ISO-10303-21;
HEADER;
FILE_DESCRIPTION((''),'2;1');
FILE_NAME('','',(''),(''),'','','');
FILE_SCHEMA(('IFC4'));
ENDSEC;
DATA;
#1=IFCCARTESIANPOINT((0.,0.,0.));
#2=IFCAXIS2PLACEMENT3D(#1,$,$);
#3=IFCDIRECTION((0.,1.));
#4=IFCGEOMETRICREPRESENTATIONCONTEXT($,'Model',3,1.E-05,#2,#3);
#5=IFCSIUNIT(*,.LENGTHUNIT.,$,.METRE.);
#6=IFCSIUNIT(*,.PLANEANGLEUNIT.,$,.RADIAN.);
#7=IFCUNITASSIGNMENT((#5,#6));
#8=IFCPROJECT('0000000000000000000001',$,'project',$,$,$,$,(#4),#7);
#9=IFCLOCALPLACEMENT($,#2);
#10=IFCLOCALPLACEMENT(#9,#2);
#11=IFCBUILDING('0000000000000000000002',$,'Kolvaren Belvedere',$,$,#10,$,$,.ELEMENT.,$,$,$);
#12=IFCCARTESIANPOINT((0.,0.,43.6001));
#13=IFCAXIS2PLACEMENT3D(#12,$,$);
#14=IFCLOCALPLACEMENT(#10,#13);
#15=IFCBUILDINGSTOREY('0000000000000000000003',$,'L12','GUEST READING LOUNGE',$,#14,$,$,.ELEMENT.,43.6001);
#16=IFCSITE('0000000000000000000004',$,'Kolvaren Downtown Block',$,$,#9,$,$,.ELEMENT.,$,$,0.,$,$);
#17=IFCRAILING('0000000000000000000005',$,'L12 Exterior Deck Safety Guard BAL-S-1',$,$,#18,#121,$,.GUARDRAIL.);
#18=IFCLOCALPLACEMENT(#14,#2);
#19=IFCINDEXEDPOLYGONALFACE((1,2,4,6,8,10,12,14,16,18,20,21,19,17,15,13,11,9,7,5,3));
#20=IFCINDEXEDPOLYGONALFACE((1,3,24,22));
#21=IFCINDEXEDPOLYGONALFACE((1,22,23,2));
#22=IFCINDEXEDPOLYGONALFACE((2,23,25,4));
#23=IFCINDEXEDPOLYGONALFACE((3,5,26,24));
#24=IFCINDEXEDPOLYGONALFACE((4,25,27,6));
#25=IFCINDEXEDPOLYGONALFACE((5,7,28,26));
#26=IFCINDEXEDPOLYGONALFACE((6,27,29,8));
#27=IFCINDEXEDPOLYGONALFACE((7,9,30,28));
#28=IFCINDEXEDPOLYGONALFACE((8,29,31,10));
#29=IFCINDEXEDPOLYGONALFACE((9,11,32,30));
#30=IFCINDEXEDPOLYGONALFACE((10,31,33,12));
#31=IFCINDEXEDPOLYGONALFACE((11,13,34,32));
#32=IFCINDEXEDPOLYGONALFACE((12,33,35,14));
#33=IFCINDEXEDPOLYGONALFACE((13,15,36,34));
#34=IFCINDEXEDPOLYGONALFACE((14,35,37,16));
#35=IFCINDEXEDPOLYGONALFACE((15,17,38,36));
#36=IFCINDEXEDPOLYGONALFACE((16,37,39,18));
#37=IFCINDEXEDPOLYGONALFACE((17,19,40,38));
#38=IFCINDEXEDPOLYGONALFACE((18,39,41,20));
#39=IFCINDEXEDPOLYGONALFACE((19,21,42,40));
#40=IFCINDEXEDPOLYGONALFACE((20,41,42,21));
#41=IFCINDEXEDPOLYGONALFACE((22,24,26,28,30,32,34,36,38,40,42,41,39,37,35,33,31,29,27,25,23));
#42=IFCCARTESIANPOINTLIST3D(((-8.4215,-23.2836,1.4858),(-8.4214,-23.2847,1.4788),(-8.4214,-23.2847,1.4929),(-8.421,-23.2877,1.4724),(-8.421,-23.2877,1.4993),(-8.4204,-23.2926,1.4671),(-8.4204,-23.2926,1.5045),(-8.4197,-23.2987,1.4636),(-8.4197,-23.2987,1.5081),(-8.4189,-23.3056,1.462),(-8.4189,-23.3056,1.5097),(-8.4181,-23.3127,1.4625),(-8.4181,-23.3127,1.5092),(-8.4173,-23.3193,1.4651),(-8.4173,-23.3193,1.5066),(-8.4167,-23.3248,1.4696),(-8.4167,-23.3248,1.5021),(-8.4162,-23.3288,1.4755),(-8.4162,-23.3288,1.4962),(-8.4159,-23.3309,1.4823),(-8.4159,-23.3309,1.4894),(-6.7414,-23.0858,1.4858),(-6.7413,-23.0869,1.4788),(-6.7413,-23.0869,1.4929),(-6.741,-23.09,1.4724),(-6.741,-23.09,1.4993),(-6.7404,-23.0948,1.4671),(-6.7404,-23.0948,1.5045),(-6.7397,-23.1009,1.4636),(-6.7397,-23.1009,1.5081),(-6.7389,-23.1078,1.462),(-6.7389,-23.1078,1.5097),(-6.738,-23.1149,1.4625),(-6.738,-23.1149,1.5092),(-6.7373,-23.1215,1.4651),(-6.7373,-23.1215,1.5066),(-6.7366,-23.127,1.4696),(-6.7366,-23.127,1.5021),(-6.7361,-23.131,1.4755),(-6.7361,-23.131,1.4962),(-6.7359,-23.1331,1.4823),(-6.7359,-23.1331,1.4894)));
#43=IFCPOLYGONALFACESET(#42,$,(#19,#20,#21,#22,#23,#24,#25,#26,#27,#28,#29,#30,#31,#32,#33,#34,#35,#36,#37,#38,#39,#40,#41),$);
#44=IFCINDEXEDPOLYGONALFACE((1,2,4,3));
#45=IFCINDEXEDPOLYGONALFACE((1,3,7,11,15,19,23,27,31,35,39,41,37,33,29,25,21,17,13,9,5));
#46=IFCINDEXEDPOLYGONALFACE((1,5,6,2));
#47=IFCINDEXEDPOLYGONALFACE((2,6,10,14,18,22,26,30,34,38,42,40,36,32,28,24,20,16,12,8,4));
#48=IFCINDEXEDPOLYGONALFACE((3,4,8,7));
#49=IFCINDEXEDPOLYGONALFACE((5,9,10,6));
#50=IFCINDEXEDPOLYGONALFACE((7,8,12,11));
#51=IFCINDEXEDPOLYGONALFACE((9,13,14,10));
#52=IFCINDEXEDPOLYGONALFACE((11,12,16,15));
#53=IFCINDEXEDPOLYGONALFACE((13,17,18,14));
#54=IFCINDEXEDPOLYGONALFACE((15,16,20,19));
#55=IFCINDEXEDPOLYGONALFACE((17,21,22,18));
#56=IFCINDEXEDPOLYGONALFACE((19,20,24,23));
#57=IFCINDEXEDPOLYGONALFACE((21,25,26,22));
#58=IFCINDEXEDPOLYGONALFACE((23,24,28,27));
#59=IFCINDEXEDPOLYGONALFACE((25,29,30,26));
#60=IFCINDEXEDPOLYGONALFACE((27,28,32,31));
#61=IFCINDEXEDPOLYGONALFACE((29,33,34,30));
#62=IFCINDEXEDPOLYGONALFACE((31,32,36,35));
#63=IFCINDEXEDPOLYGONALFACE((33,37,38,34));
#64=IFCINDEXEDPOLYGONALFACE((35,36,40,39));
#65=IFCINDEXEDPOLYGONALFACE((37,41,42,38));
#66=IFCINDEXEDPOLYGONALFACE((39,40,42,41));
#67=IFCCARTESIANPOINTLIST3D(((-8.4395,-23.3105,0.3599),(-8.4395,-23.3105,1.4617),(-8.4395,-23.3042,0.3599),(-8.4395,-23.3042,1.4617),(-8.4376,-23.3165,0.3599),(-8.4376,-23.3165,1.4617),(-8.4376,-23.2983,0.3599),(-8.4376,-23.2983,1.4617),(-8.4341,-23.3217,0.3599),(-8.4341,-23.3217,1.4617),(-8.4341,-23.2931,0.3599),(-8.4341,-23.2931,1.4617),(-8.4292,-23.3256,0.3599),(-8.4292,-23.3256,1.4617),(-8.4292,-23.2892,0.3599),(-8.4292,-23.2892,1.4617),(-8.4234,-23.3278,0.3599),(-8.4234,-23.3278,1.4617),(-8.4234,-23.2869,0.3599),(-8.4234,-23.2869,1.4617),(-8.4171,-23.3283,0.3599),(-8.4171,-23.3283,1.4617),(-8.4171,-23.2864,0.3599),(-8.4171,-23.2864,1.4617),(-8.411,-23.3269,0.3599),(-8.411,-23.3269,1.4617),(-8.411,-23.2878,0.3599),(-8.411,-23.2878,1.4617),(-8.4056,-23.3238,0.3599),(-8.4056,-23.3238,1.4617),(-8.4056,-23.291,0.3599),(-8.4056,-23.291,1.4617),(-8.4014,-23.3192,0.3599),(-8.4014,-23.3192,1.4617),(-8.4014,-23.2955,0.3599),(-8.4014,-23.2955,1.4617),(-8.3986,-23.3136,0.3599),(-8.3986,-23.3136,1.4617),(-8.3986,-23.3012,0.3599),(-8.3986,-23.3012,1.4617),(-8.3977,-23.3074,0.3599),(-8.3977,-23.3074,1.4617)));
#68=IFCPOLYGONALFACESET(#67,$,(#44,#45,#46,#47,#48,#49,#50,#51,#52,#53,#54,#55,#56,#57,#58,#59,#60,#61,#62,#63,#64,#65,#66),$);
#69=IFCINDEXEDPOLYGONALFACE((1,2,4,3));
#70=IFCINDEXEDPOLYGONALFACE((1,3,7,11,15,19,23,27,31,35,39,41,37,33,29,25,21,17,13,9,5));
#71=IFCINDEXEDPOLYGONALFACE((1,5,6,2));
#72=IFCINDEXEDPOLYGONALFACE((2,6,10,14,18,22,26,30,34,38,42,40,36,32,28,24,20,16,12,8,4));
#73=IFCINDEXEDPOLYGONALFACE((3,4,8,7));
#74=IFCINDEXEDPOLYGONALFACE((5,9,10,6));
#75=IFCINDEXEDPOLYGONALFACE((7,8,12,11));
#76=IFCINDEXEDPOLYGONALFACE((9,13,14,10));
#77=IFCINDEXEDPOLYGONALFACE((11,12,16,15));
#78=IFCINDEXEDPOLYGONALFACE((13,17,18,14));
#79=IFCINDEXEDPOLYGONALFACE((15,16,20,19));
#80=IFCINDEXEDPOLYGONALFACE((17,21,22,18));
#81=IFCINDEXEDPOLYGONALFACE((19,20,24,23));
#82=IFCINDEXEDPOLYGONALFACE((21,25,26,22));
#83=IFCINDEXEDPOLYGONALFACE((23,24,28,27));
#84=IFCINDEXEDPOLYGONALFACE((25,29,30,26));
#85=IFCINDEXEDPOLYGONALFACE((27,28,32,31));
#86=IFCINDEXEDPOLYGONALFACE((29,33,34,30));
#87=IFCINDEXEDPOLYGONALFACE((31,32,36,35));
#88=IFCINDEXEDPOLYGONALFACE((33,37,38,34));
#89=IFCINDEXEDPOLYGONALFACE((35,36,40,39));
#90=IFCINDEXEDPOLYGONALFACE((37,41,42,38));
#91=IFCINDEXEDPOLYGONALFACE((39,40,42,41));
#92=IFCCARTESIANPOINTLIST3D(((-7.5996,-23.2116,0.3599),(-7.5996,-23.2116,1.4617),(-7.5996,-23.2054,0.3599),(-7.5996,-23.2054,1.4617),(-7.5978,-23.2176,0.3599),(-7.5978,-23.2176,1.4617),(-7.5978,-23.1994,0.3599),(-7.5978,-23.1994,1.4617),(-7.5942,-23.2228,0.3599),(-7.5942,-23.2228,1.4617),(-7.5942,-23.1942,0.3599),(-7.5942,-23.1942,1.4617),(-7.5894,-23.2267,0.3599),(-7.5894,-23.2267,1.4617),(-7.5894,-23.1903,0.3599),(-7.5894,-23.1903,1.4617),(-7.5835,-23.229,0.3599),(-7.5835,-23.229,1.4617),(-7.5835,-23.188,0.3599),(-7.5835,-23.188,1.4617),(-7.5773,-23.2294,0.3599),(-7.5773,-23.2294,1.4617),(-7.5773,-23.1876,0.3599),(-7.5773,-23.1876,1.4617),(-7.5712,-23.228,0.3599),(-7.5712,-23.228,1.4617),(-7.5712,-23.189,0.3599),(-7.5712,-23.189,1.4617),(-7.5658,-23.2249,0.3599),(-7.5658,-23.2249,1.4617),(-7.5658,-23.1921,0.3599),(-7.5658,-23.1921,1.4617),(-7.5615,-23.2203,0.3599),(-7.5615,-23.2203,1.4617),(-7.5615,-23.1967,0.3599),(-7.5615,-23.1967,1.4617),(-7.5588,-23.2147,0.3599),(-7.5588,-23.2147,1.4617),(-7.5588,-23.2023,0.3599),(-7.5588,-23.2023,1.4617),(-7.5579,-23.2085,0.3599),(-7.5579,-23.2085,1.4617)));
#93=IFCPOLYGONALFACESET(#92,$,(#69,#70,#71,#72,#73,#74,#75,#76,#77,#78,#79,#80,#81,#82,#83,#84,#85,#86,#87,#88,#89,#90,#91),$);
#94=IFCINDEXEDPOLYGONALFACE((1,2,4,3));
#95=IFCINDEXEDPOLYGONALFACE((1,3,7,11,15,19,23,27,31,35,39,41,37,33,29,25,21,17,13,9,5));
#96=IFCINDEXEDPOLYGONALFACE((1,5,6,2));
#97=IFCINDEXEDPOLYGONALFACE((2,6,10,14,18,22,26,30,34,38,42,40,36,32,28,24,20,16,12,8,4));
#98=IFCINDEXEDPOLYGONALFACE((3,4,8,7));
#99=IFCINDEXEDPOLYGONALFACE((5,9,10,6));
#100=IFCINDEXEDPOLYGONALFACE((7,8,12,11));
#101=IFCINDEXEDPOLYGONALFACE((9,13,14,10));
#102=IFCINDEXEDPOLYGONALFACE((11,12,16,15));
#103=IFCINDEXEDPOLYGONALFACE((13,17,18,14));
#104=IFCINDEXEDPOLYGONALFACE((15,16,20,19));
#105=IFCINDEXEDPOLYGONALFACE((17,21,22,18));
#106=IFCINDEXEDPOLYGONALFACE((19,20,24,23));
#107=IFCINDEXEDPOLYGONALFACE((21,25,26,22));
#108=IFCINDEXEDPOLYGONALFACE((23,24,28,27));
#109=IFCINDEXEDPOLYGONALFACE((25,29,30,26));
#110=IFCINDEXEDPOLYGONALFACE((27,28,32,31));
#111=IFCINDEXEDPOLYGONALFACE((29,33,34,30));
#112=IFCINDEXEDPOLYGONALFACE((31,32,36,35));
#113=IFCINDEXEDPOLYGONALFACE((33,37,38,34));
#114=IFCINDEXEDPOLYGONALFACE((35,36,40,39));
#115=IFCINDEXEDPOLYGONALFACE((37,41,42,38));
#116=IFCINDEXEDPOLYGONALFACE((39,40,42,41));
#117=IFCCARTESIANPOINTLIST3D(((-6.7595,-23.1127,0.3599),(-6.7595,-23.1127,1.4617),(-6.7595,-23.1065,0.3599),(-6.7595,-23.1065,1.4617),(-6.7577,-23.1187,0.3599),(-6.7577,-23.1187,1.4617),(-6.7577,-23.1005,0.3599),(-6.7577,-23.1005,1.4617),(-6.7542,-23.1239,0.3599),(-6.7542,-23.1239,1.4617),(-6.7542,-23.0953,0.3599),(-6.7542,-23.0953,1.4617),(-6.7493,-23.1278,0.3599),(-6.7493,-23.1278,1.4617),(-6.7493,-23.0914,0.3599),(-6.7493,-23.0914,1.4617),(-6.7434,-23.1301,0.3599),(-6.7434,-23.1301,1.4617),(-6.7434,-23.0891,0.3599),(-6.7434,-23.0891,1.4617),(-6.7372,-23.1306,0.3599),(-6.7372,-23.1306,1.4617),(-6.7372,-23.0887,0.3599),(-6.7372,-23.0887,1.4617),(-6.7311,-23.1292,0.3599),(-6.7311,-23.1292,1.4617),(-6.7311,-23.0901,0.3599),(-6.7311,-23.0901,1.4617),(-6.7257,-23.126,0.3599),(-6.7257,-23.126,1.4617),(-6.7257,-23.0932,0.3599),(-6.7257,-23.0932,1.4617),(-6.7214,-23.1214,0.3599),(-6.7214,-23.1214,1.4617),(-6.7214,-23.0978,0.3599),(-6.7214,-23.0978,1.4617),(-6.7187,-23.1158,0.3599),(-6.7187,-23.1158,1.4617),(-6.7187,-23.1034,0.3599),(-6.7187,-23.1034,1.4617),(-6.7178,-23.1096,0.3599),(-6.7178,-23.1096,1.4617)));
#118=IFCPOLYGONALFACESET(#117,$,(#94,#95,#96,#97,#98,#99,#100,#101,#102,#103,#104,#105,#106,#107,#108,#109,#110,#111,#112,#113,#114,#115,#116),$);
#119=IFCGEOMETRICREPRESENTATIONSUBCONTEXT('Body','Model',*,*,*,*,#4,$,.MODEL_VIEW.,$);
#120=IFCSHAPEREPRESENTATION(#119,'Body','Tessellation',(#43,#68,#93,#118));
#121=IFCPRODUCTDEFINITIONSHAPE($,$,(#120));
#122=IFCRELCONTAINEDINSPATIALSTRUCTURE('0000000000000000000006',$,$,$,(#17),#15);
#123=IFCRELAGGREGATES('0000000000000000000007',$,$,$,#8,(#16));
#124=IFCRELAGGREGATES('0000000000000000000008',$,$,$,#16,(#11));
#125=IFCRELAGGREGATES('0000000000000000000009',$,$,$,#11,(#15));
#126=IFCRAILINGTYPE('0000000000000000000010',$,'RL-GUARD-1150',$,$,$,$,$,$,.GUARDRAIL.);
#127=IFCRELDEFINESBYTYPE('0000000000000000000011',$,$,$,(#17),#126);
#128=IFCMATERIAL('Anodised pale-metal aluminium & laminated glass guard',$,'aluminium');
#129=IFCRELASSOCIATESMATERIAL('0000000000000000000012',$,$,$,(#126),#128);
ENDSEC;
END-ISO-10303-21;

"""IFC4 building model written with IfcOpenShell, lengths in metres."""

from ifc_helpers import new_model, si_unit, direction, frame, origin, origin_2d, place, context, subcontext, project, spatial, circle, extrude, material, type_object, element, save


model = new_model("IFC4")

# Units and contexts
model_context = context("Model", 3, precision=1e-05, world=origin(), true_north=direction((0.0, 1.0)))
body_context = subcontext(model_context, "Body", "Model", "MODEL_VIEW")
ifc_project = project(units=[si_unit("LENGTHUNIT", "METRE"), si_unit("PLANEANGLEUNIT", "RADIAN")], contexts=[model_context])

# Site, building, storey
site_placement = place(None, origin())
site = spatial("IfcSite", under=ifc_project, at=site_placement, Name="Kolvaren Downtown Block", CompositionType="ELEMENT", RefElevation=0.0)
building_placement = place(site_placement, origin())
building = spatial("IfcBuilding", under=site, at=building_placement, Name="Kolvaren Belvedere", CompositionType="ELEMENT")
storey_placement = place(building_placement, frame((0.0, 0.0, 43.6001)))
storey = spatial("IfcBuildingStorey", under=building, at=storey_placement, Name="L12", Description="GUEST READING LOUNGE", CompositionType="ELEMENT", Elevation=43.6001)

# Railing
ifc_material_1 = material(Name="Anodised pale-metal aluminium & laminated glass guard", Category="aluminium")
railing_type = type_object("IfcRailingType", Name="RL-GUARD-1150", PredefinedType="GUARDRAIL", material=ifc_material_1)
railing_1_placement = place(storey_placement, frame((-8.4187, -23.3074, 0.3599)))
element("IfcRailing", 1, at=railing_1_placement, inside=storey, type_object=railing_type, Name="L12 Exterior Deck Safety Guard BAL-S-1", PredefinedType="GUARDRAIL", context=body_context, shape_type="SweptSolid", body=[
    extrude(circle(Radius=0.0239, at=origin_2d()), frame((0.0, 0.0, 1.126), z_axis=(0.993143, 0.116908, 0.0), x_axis=(-0.116908, 0.993143, 0.0)), (0.0, 0.0, 1.0), 1.6917),
    extrude(circle(Radius=0.021, at=origin_2d()), origin(), (0.0, 0.0, 1.0), 1.1018),
    extrude(circle(Radius=0.021, at=origin_2d()), frame((0.8398, 0.0989, 0.0)), (0.0, 0.0, 1.0), 1.1018),
    extrude(circle(Radius=0.021, at=origin_2d()), frame((1.6799, 0.1978, 0.0)), (0.0, 0.0, 1.0), 1.1018),
])

save(model, "model.ifc")
